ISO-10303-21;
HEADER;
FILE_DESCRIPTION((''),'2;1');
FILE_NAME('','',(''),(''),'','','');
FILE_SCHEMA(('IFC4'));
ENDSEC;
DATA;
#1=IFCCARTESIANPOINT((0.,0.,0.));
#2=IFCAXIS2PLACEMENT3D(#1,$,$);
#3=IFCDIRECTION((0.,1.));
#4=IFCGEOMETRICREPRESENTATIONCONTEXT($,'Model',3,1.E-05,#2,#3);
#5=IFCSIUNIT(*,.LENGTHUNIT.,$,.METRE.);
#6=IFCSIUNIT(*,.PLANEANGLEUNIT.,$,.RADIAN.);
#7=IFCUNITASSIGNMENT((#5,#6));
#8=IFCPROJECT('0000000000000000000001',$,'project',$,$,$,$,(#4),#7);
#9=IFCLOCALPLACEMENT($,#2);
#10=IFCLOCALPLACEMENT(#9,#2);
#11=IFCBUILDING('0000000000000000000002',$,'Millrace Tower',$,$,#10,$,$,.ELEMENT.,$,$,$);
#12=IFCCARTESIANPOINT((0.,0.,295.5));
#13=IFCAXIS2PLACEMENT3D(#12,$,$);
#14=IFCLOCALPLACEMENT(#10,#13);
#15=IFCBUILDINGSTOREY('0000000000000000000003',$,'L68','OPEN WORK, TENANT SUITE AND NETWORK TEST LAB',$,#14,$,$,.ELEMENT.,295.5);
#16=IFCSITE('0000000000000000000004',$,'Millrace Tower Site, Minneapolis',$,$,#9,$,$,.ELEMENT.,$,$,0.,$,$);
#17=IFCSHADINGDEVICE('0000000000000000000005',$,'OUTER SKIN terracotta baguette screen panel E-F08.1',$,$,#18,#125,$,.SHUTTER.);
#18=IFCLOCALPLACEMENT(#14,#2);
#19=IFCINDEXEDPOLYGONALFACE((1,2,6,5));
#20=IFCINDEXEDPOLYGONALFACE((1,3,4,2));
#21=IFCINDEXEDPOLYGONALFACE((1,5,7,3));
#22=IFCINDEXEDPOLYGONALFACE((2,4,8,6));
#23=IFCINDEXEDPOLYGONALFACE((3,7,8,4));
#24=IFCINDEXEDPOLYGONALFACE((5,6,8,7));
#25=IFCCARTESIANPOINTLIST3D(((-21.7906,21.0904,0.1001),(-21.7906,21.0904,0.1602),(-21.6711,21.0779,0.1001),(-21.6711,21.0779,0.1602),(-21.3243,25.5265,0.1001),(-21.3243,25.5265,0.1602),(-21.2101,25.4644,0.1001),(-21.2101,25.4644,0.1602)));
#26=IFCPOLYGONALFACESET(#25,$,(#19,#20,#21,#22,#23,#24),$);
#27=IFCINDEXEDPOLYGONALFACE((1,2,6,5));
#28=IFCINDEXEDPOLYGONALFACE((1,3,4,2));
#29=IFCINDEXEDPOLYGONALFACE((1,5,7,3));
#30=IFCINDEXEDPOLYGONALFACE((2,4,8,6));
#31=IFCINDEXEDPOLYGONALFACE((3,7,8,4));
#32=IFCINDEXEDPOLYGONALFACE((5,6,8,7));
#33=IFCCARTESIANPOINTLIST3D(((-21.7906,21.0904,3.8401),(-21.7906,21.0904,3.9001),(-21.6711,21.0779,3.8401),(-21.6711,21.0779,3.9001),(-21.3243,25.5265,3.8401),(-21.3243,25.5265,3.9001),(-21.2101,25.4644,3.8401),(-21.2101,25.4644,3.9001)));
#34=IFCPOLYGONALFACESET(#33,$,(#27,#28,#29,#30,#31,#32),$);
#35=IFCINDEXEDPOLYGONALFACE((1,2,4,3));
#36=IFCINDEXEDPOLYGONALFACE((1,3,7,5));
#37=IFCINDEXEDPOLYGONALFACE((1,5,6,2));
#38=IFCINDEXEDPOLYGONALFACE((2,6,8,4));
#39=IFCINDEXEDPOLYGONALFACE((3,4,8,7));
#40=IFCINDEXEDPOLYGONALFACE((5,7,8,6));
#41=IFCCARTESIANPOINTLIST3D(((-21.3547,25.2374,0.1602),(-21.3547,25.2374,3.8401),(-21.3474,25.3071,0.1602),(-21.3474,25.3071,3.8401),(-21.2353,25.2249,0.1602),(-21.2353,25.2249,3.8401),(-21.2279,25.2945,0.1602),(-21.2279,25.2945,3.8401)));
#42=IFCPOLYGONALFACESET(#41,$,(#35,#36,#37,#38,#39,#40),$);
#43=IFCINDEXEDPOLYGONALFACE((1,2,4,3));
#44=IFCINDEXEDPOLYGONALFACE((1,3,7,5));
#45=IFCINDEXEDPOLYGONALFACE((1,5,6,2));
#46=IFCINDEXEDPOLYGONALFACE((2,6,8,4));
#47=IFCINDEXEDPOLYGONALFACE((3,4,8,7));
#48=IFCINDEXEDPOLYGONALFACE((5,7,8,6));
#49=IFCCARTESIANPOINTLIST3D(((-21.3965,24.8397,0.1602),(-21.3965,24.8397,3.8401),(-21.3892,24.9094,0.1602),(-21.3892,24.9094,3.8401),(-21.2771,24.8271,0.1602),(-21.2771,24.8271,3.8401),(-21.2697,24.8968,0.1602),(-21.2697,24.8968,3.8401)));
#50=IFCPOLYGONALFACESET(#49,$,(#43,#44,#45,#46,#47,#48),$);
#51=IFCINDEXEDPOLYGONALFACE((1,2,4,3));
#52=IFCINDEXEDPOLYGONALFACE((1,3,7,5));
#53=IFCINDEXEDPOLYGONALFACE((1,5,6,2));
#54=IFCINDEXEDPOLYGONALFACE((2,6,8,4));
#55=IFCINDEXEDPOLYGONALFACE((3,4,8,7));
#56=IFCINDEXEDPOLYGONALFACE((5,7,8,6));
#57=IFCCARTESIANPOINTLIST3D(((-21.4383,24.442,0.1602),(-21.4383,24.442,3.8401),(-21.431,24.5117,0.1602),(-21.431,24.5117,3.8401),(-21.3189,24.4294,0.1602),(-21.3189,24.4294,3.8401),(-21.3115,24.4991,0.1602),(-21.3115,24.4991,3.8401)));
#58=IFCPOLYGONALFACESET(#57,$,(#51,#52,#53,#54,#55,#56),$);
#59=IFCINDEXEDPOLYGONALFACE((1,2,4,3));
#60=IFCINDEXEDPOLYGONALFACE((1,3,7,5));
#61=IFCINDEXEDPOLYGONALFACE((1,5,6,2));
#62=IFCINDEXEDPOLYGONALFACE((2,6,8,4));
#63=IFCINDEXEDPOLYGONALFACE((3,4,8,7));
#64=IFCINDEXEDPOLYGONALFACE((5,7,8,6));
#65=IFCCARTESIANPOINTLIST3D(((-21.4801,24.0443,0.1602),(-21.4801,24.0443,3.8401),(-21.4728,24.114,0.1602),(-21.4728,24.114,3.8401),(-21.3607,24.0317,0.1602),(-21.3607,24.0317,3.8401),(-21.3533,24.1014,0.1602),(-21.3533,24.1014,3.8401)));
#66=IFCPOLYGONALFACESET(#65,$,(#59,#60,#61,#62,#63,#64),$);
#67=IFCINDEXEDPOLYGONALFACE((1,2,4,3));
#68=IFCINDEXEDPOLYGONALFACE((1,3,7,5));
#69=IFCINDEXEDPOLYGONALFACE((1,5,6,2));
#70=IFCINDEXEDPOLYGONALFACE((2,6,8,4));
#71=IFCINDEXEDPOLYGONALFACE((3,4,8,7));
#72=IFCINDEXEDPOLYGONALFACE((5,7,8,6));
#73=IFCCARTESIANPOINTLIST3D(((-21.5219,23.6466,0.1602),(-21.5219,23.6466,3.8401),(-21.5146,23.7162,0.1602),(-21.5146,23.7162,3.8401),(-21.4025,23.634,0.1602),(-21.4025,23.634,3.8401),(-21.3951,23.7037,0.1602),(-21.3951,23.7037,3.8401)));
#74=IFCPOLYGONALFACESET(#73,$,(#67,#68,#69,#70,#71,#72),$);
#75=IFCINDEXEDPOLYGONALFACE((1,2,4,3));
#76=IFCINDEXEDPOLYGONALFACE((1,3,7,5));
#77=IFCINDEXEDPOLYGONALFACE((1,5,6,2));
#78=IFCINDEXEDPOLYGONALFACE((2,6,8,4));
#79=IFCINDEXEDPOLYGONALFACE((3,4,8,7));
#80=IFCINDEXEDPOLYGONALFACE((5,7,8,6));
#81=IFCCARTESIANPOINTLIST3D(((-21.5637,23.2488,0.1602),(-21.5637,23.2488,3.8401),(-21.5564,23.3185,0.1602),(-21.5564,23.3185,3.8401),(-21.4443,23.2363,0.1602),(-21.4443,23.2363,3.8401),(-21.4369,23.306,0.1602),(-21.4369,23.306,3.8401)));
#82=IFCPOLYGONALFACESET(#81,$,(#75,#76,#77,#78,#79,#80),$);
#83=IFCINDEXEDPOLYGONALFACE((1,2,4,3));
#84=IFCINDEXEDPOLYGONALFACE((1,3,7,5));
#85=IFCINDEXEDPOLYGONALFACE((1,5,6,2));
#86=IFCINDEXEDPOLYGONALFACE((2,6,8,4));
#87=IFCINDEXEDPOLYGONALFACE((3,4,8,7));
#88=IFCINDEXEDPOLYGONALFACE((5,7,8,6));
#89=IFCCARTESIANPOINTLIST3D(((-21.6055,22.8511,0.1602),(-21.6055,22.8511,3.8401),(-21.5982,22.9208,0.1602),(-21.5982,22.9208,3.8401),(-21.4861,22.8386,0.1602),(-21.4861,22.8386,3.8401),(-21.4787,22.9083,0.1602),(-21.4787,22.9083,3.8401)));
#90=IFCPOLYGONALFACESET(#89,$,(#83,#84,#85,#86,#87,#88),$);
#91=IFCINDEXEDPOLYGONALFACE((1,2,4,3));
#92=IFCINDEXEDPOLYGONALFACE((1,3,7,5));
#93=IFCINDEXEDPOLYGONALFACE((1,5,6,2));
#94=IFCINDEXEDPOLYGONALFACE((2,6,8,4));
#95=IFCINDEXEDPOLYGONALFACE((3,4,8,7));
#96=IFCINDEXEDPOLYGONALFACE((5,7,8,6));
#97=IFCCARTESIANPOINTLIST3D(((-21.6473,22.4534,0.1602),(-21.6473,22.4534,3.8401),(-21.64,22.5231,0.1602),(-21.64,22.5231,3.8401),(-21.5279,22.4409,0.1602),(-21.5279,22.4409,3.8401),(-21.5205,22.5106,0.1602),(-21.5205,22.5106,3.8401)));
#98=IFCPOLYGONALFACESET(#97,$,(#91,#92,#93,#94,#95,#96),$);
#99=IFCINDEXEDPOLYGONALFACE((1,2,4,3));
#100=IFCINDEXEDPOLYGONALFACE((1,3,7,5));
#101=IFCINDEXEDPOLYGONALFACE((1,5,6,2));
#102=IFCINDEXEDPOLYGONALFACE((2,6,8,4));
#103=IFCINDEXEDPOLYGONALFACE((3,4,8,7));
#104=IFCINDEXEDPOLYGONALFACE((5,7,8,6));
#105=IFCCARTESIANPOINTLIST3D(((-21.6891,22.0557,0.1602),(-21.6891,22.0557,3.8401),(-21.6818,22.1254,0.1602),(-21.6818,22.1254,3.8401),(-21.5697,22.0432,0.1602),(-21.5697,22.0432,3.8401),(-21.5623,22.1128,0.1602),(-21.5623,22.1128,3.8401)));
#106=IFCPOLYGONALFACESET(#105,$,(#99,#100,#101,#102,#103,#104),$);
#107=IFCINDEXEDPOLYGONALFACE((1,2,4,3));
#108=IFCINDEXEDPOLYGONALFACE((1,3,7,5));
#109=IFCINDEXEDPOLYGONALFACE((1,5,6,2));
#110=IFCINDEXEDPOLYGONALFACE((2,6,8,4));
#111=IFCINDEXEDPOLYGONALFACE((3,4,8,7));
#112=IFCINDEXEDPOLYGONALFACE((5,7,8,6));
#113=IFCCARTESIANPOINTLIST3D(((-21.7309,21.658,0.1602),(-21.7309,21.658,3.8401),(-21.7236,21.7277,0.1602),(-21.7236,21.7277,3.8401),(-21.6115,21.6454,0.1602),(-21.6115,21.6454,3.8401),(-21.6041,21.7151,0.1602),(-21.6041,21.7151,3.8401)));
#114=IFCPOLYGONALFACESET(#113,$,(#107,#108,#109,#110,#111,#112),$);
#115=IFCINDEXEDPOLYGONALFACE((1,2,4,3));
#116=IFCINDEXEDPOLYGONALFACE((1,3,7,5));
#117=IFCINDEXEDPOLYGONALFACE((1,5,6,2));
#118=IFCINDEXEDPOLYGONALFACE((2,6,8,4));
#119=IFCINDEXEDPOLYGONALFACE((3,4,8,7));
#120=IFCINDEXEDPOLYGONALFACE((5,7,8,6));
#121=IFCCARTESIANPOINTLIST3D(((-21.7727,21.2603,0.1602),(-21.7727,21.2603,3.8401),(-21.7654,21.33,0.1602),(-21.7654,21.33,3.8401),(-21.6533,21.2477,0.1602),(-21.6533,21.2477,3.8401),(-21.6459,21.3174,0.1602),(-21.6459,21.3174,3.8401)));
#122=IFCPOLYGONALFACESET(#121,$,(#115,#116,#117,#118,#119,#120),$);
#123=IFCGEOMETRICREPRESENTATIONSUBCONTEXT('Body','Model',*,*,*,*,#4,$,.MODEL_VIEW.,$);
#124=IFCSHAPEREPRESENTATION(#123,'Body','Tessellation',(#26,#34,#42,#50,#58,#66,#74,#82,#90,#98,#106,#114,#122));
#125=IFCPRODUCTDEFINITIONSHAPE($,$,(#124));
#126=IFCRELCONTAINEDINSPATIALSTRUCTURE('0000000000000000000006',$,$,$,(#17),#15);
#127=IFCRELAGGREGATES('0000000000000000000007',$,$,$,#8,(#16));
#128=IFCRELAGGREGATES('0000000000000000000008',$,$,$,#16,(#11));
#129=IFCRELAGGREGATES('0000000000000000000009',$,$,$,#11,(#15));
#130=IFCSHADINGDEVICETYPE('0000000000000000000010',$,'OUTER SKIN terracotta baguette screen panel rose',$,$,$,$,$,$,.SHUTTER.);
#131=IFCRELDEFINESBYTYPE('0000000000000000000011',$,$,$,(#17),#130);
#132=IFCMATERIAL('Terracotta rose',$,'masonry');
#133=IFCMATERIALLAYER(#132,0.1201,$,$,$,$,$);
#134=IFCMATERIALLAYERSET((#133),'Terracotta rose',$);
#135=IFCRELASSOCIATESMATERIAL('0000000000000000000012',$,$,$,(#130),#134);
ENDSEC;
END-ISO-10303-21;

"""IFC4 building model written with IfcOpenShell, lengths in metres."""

from ifc_helpers import new_model, entity, si_unit, direction, frame, frame_2d, origin, place, context, subcontext, project, spatial, rectangle, extrude, source, transform, mapped, material, layer, layer_set, type_object, element, save


model = new_model("IFC4")

# Units and contexts
model_context = context("Model", 3, precision=1e-05, world=origin(), true_north=direction((0.0, 1.0)))
body_context = subcontext(model_context, "Body", "Model", "MODEL_VIEW")
ifc_project = project(units=[si_unit("LENGTHUNIT", "METRE"), si_unit("PLANEANGLEUNIT", "RADIAN")], contexts=[model_context])

# Site, building, storey
site_placement = place(None, origin())
site = spatial("IfcSite", under=ifc_project, at=site_placement, Name="Millrace Tower Site, Minneapolis", CompositionType="ELEMENT", RefElevation=0.0)
building_placement = place(site_placement, origin())
building = spatial("IfcBuilding", under=site, at=building_placement, Name="Millrace Tower", CompositionType="ELEMENT")
storey_placement = place(building_placement, frame((0.0, 0.0, 295.5)))
storey = spatial("IfcBuildingStorey", under=building, at=storey_placement, Name="L68", Description="OPEN WORK, TENANT SUITE AND NETWORK TEST LAB", CompositionType="ELEMENT", Elevation=295.5)

# Shading device
ifc_material_1 = material(Name="Terracotta rose", Category="masonry")
ifc_layer_1 = layer(ifc_material_1, 0.1201)
ifc_layer_set_1 = layer_set([ifc_layer_1], Name="Terracotta rose")
shading_device_type = type_object("IfcShadingDeviceType", Name="OUTER SKIN terracotta baguette screen panel rose", PredefinedType="SHUTTER", material=ifc_layer_set_1)
cartesian_point_1 = entity("IfcCartesianPoint", [-2.1929, 0.0601])
shared_polyline_1 = entity("IfcPolyline", [cartesian_point_1, entity("IfcCartesianPoint", [2.2178, 0.0601]), entity("IfcCartesianPoint", [2.2178, -0.0601]), entity("IfcCartesianPoint", [-2.2427, -0.0601]), cartesian_point_1])
shared_shape_1 = source(origin(), body_context, "Body", "SweptSolid", [
    entity("IfcExtrudedAreaSolid", entity("IfcArbitraryClosedProfileDef", "AREA", None, shared_polyline_1), entity("IfcAxis2Placement3D", entity("IfcCartesianPoint", [0.0, 0.0, 0.0])), entity("IfcDirection", [0.0, 0.0, 1.0]), 0.0601),
    entity("IfcExtrudedAreaSolid", entity("IfcArbitraryClosedProfileDef", "AREA", None, shared_polyline_1), entity("IfcAxis2Placement3D", entity("IfcCartesianPoint", [0.0, 0.0, 3.74])), entity("IfcDirection", [0.0, 0.0, 1.0]), 0.0601),
    extrude(rectangle(XDim=0.0701, YDim=0.1201, at=frame_2d((-1.9871, 0.0))), frame((0.0, 0.0, 0.0601)), (0.0, 0.0, 1.0), 3.6799),
    extrude(rectangle(XDim=0.0701, YDim=0.1201, at=frame_2d((-1.5872, 0.0))), frame((0.0, 0.0, 0.0601)), (0.0, 0.0, 1.0), 3.6799),
    extrude(rectangle(XDim=0.0701, YDim=0.1201, at=frame_2d((-1.1873, 0.0))), frame((0.0, 0.0, 0.0601)), (0.0, 0.0, 1.0), 3.6799),
    extrude(rectangle(XDim=0.0701, YDim=0.1201, at=frame_2d((-0.7874, 0.0))), frame((0.0, 0.0, 0.0601)), (0.0, 0.0, 1.0), 3.6799),
    extrude(rectangle(XDim=0.0701, YDim=0.1201, at=frame_2d((-0.3875, 0.0))), frame((0.0, 0.0, 0.0601)), (0.0, 0.0, 1.0), 3.6799),
    extrude(rectangle(XDim=0.0701, YDim=0.1201, at=frame_2d((0.0125, 0.0))), frame((0.0, 0.0, 0.0601)), (0.0, 0.0, 1.0), 3.6799),
    extrude(rectangle(XDim=0.0701, YDim=0.1201, at=frame_2d((0.4124, 0.0))), frame((0.0, 0.0, 0.0601)), (0.0, 0.0, 1.0), 3.6799),
    extrude(rectangle(XDim=0.0701, YDim=0.1201, at=frame_2d((0.8123, 0.0))), frame((0.0, 0.0, 0.0601)), (0.0, 0.0, 1.0), 3.6799),
    extrude(rectangle(XDim=0.0701, YDim=0.1201, at=frame_2d((1.2122, 0.0))), frame((0.0, 0.0, 0.0601)), (0.0, 0.0, 1.0), 3.6799),
    extrude(rectangle(XDim=0.0701, YDim=0.1201, at=frame_2d((1.6121, 0.0))), frame((0.0, 0.0, 0.0601)), (0.0, 0.0, 1.0), 3.6799),
    extrude(rectangle(XDim=0.0701, YDim=0.1201, at=frame_2d((2.012, 0.0))), frame((0.0, 0.0, 0.0601)), (0.0, 0.0, 1.0), 3.6799),
])
shading_device_1_placement = place(storey_placement, frame((-21.499, 23.2898, 0.1001), z_axis=(0.0, 0.0, 1.0), x_axis=(-0.104528, -0.994522, 0.0)))
element("IfcShadingDevice", 1, at=shading_device_1_placement, inside=storey, type_object=shading_device_type, Name="OUTER SKIN terracotta baguette screen panel E-F08.1", PredefinedType="SHUTTER", context=body_context, shape_type="MappedRepresentation", body=[
    mapped(shared_shape_1, transform((0.0, 0.0, 0.0), scale=1.0)),
])

save(model, "model.ifc")
